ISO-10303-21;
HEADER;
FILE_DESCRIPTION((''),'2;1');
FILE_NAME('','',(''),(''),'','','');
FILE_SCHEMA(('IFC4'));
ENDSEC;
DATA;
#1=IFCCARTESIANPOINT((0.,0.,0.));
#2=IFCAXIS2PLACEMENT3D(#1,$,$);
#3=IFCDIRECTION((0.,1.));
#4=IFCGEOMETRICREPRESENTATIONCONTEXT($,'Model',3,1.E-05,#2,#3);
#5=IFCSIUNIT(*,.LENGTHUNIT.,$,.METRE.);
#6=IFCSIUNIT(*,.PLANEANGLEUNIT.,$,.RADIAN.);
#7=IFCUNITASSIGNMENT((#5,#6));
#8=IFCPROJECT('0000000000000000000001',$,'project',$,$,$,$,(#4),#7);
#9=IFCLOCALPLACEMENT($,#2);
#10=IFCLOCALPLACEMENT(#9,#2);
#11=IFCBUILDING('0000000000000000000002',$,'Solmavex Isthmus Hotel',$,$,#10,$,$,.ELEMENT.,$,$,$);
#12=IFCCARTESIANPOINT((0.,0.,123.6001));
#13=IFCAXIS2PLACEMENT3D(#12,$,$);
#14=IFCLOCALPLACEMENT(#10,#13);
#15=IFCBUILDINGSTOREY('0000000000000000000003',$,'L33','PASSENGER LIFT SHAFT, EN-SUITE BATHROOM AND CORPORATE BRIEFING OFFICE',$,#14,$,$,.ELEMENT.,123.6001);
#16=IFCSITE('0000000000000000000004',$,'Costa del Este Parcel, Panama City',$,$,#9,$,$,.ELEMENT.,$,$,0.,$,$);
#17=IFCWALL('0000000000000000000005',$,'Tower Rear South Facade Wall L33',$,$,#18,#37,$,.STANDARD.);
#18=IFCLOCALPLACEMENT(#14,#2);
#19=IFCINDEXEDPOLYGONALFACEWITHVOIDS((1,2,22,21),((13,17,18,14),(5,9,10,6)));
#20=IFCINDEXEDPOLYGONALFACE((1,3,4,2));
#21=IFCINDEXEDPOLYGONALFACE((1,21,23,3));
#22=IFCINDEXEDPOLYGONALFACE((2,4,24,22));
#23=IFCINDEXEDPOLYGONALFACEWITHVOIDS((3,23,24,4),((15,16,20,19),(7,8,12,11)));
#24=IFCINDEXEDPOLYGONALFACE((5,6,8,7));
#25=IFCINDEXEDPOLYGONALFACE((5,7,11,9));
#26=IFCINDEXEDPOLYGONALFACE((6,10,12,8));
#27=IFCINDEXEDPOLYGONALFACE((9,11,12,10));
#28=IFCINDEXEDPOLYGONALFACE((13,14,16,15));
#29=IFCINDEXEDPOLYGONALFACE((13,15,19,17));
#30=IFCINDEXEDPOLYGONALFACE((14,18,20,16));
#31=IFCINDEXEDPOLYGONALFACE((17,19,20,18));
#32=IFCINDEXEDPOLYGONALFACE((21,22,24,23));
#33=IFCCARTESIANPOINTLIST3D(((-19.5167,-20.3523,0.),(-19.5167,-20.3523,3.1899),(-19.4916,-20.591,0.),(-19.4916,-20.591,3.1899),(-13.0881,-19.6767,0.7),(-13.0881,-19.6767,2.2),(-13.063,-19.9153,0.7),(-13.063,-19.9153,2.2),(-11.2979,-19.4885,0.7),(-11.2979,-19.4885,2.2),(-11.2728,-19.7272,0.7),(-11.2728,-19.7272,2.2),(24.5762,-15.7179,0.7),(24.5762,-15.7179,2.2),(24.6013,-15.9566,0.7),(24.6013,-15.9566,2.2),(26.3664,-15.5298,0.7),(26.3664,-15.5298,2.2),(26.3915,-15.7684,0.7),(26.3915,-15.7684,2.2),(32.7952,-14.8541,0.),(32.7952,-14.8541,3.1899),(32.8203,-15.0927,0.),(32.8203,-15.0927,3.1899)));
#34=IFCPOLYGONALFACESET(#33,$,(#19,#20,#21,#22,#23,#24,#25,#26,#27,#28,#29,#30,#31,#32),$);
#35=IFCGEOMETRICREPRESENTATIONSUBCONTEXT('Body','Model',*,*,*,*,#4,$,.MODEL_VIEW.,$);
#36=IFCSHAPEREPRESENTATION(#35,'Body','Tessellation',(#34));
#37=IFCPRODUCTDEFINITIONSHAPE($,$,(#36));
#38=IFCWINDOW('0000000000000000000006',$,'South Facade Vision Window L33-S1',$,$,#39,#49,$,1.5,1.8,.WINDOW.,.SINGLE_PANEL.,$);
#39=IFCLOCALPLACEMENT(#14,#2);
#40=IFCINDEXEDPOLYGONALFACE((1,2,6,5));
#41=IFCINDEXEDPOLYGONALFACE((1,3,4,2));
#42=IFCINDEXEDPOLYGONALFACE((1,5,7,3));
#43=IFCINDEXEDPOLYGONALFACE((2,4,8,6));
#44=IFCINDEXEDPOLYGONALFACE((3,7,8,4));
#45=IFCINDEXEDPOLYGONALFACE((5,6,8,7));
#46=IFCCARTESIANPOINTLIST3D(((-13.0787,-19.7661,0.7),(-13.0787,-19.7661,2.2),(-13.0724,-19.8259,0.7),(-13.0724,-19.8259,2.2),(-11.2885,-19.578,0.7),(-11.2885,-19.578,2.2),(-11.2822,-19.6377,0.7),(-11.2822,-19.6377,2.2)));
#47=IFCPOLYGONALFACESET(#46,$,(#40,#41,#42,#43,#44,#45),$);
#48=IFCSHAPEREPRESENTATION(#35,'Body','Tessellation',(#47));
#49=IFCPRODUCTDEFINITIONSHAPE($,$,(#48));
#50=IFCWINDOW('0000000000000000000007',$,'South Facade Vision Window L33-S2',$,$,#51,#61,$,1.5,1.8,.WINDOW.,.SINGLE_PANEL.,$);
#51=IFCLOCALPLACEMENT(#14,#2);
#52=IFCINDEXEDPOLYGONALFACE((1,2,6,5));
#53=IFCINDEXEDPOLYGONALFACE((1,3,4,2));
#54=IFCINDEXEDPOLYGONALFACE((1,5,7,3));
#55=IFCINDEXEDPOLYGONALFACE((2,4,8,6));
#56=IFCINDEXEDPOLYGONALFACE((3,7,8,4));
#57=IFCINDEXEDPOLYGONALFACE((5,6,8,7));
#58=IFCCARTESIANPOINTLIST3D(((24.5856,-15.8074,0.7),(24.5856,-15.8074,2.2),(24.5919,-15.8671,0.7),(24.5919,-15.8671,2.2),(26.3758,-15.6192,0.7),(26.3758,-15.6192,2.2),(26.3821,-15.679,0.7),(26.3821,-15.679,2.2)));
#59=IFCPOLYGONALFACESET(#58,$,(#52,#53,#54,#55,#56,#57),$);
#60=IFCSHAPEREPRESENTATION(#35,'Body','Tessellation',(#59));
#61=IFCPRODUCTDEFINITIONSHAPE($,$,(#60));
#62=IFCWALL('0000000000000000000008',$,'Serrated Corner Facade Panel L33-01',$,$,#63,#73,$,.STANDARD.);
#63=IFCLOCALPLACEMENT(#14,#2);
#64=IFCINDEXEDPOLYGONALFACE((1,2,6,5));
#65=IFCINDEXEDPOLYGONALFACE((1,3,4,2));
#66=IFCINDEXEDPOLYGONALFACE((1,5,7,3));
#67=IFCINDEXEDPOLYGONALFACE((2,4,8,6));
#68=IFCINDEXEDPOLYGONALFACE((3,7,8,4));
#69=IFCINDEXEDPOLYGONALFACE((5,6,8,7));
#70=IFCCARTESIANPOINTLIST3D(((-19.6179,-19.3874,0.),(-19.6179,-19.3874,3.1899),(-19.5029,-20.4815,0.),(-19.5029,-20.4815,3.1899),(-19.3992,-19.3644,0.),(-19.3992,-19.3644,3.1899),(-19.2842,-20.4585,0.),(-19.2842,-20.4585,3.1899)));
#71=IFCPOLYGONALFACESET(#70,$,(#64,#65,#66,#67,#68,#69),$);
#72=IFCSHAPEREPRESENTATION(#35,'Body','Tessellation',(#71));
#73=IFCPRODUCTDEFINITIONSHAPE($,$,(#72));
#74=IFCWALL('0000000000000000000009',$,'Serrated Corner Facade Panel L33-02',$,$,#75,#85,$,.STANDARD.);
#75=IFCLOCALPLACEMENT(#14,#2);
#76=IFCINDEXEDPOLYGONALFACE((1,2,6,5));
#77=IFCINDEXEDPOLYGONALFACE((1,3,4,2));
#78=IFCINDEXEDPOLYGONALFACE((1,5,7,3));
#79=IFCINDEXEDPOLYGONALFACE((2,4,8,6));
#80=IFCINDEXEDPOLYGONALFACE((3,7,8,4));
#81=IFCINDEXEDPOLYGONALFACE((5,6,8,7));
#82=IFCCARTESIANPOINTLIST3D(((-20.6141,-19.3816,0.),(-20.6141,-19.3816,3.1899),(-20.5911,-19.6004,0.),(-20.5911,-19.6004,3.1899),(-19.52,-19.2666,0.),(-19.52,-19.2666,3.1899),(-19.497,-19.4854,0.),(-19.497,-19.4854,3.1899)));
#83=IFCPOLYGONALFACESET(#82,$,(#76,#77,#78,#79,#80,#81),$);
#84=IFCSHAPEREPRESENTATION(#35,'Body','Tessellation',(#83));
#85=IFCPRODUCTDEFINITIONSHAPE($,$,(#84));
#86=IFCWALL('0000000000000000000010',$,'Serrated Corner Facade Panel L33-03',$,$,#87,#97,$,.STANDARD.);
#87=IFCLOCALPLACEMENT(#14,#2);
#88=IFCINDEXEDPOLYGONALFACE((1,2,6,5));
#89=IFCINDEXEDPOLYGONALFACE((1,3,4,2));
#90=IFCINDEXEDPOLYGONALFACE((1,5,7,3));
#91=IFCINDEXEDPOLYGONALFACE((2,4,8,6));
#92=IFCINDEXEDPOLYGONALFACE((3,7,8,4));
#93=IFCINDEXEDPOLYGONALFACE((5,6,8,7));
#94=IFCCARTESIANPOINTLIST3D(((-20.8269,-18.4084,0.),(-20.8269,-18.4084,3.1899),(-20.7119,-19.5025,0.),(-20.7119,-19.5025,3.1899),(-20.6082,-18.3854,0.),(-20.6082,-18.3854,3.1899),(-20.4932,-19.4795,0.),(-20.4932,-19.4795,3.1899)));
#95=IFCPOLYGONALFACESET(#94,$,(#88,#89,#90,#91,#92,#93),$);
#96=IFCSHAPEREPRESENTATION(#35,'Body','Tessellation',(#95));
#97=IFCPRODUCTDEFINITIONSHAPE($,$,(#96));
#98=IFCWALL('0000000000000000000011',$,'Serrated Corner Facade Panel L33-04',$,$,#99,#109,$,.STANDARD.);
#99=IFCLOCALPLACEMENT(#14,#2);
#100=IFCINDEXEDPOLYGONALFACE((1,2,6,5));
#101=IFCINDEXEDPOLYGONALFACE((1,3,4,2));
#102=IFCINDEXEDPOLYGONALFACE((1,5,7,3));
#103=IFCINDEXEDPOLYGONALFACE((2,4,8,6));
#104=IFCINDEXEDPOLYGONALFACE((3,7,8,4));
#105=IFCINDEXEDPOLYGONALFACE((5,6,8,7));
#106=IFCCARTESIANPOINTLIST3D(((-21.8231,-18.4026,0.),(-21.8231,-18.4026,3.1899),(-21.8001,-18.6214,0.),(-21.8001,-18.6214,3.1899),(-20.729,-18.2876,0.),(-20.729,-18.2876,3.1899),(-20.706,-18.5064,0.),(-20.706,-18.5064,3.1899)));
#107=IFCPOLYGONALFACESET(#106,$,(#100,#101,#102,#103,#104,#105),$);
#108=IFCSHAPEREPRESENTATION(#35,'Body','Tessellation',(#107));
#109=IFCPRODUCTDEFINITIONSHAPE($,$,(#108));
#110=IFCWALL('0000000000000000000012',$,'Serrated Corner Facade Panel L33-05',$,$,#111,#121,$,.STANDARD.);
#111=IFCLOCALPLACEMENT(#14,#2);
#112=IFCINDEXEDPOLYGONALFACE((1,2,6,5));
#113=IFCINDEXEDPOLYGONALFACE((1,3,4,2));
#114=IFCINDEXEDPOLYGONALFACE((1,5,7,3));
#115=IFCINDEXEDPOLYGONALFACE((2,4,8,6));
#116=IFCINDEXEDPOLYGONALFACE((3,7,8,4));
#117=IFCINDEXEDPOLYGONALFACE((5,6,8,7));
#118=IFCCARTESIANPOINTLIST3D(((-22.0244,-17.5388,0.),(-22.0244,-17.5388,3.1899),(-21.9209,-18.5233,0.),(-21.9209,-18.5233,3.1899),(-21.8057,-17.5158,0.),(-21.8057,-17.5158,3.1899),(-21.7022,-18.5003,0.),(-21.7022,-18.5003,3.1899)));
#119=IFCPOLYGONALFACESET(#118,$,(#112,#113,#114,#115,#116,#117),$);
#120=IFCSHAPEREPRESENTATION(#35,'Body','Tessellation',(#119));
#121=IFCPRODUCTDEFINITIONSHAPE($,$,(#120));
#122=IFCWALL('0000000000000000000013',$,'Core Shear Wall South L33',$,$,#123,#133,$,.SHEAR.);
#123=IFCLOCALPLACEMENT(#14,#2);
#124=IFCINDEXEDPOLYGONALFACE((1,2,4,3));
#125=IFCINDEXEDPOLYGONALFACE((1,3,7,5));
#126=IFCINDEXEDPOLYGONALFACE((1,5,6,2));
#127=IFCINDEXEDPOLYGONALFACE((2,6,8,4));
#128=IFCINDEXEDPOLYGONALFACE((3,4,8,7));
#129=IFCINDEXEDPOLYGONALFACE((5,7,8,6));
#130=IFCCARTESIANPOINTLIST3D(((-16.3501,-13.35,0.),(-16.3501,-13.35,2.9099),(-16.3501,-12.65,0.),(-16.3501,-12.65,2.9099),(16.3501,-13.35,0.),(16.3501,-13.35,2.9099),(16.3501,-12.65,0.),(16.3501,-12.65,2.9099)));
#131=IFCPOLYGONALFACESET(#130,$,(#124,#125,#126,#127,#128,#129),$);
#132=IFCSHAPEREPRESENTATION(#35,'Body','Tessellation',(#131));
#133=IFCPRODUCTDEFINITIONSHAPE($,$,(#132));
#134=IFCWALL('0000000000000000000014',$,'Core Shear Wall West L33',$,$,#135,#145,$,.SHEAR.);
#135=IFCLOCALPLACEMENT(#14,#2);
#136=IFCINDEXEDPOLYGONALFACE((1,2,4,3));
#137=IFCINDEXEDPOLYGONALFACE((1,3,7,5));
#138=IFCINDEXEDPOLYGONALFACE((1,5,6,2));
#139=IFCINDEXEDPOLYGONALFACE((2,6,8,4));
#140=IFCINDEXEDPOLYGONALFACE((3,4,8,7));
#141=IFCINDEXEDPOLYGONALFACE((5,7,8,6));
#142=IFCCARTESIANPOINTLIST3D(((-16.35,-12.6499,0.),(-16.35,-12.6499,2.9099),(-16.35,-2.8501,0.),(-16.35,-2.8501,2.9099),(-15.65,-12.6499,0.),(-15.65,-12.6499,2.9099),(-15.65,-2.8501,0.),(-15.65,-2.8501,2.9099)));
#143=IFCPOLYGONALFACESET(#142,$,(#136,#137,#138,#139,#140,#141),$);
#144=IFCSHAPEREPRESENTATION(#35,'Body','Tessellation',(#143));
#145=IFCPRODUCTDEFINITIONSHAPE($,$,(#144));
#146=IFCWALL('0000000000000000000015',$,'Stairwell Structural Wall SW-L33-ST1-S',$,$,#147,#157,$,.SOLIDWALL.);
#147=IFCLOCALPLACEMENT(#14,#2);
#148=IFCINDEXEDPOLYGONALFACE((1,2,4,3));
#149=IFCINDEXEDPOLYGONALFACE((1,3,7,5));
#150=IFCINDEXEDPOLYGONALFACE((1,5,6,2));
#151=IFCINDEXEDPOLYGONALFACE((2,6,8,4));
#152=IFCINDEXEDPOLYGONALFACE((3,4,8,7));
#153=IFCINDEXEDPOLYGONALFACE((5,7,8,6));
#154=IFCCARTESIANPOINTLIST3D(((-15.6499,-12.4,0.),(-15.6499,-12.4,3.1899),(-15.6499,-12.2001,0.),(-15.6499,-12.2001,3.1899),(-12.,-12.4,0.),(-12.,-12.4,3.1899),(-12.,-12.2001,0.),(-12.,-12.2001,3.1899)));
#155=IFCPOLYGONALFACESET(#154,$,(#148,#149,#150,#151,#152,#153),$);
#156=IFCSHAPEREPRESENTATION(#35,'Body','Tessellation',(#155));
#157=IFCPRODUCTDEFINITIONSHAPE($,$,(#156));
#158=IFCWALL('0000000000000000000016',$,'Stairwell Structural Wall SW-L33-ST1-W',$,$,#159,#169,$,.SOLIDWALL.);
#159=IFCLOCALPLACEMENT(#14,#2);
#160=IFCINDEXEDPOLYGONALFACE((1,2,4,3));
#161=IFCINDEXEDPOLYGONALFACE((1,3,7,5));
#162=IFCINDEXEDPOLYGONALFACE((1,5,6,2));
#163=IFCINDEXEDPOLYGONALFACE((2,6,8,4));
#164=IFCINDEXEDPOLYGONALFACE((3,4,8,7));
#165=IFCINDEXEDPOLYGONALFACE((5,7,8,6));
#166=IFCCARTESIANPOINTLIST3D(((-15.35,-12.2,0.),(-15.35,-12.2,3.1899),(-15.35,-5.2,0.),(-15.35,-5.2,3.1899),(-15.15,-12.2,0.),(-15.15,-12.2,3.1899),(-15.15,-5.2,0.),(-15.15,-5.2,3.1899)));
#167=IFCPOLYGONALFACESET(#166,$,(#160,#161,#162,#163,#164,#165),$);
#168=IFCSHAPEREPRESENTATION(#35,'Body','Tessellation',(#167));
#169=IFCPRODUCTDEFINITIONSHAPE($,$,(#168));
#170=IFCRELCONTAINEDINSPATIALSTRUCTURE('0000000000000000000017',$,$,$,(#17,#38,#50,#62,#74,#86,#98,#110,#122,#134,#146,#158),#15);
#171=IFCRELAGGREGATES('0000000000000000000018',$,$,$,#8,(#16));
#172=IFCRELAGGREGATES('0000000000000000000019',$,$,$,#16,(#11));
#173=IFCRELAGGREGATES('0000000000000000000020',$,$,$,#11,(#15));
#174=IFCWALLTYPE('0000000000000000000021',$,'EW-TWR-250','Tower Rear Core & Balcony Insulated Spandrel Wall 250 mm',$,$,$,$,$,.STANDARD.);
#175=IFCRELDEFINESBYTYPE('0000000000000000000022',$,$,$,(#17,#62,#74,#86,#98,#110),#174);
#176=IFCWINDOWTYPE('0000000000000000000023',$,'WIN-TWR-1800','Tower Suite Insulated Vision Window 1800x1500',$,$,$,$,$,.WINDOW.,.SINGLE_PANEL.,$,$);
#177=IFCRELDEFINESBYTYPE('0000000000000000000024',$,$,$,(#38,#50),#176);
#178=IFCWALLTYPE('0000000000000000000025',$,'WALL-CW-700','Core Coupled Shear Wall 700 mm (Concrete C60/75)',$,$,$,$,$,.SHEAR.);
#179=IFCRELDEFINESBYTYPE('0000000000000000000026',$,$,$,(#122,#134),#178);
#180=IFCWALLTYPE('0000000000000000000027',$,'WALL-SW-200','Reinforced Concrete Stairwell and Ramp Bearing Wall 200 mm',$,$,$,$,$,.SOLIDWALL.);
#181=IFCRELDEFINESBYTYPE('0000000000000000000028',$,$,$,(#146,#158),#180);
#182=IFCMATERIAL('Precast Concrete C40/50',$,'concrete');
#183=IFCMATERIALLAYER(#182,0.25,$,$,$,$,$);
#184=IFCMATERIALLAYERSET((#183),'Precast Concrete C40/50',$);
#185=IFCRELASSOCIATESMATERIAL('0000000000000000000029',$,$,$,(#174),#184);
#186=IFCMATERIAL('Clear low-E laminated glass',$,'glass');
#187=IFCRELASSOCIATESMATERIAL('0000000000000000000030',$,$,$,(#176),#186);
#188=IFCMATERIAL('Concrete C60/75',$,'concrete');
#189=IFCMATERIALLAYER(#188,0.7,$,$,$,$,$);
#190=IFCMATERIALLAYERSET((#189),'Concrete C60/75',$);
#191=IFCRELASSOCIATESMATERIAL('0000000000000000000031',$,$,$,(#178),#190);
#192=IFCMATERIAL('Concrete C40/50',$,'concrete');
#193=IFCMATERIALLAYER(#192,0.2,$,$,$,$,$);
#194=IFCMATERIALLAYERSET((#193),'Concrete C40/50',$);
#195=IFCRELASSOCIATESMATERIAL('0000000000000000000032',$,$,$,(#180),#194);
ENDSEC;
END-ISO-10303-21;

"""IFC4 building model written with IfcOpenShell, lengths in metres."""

from ifc_helpers import new_model, si_unit, direction, frame, frame_2d, origin, place, context, subcontext, project, spatial, rectangle, extrude, material, layer, layer_set, type_object, element, fill, save


model = new_model("IFC4")

# Units and contexts
model_context = context("Model", 3, precision=1e-05, world=origin(), true_north=direction((0.0, 1.0)))
body_context = subcontext(model_context, "Body", "Model", "MODEL_VIEW")
ifc_project = project(units=[si_unit("LENGTHUNIT", "METRE"), si_unit("PLANEANGLEUNIT", "RADIAN")], contexts=[model_context])

# Site, building, storey
site_placement = place(None, origin())
site = spatial("IfcSite", under=ifc_project, at=site_placement, Name="Costa del Este Parcel, Panama City", CompositionType="ELEMENT", RefElevation=0.0)
building_placement = place(site_placement, origin())
building = spatial("IfcBuilding", under=site, at=building_placement, Name="Solmavex Isthmus Hotel", CompositionType="ELEMENT")
storey_placement = place(building_placement, frame((0.0, 0.0, 123.6001)))
storey = spatial("IfcBuildingStorey", under=building, at=storey_placement, Name="L33", Description="PASSENGER LIFT SHAFT, EN-SUITE BATHROOM AND CORPORATE BRIEFING OFFICE", CompositionType="ELEMENT", Elevation=123.6001)

# Shared definitions
ifc_material_1 = material(Name="Concrete C60/75", Category="concrete")

# Shared definitions
ifc_material_2 = material(Name="Clear low-E laminated glass", Category="glass")

# Wall, openings, windows
ifc_material_3 = material(Name="Precast Concrete C40/50", Category="concrete")
ifc_layer_1 = layer(ifc_material_3, 0.25)
ifc_layer_set_1 = layer_set([ifc_layer_1], Name="Precast Concrete C40/50")
wall_type_1 = type_object("IfcWallType", Name="EW-TWR-250", Description="Tower Rear Core & Balcony Insulated Spandrel Wall 250 mm", PredefinedType="STANDARD", material=ifc_layer_set_1)
wall_1_placement = place(storey_placement, frame((-19.5042, -20.4717, 0.0), z_axis=(0.0, 0.0, 1.0), x_axis=(0.994522, 0.10453, 0.0)))
wall_1 = element("IfcWall", 1, at=wall_1_placement, inside=storey, type_object=wall_type_1, Name="Tower Rear South Facade Wall L33", PredefinedType="STANDARD", context=body_context, shape_type="SweptSolid", body=[
    extrude(rectangle(XDim=52.6001, YDim=0.24, at=frame_2d((26.3, 0.0))), origin(), (0.0, 0.0, 1.0), 3.1899),
])
opening_1_placement = place(wall_1_placement, frame((6.4641, 0.0, 0.7)))
opening_1 = element("IfcOpeningElement", 2, at=opening_1_placement, cuts=wall_1, PredefinedType="OPENING", context=body_context, shape_type="SweptSolid", body=[
    extrude(rectangle(XDim=1.8, YDim=1.5, at=frame_2d((0.8999, 0.75))), frame((0.0, 0.1299, 0.0), z_axis=(0.0, -1.0, 0.0), x_axis=(1.0, 0.0, 0.0)), (0.0, 0.0, 1.0), 0.26),
])
opening_2_placement = place(wall_1_placement, frame((44.3359, 0.0, 0.7)))
opening_2 = element("IfcOpeningElement", 3, at=opening_2_placement, cuts=wall_1, PredefinedType="OPENING", context=body_context, shape_type="SweptSolid", body=[
    extrude(rectangle(XDim=1.8, YDim=1.5, at=frame_2d((0.8999, 0.75))), frame((0.0, 0.1299, 0.0), z_axis=(0.0, -1.0, 0.0), x_axis=(1.0, 0.0, 0.0)), (0.0, 0.0, 1.0), 0.26),
])
window_type = type_object("IfcWindowType", Name="WIN-TWR-1800", Description="Tower Suite Insulated Vision Window 1800x1500", PartitioningType="SINGLE_PANEL", PredefinedType="WINDOW", material=ifc_material_2)
window_1_placement = place(opening_1_placement, origin())
window_1 = element("IfcWindow", 4, at=window_1_placement, inside=storey, type_object=window_type, Name="South Facade Vision Window L33-S1", OverallHeight=1.5, OverallWidth=1.8, PartitioningType="SINGLE_PANEL", PredefinedType="WINDOW", context=body_context, shape_type="SweptSolid", body=[
    extrude(rectangle(XDim=1.8, YDim=1.5, at=frame_2d((0.8999, 0.75))), frame((0.0, 0.03, 0.0), z_axis=(0.0, -1.0, 0.0), x_axis=(1.0, 0.0, 0.0)), (0.0, 0.0, 1.0), 0.0601),
])
fill(opening_1, window_1)
window_2_placement = place(opening_2_placement, origin())
window_2 = element("IfcWindow", 5, at=window_2_placement, inside=storey, type_object=window_type, Name="South Facade Vision Window L33-S2", OverallHeight=1.5, OverallWidth=1.8, PartitioningType="SINGLE_PANEL", PredefinedType="WINDOW", context=body_context, shape_type="SweptSolid", body=[
    extrude(rectangle(XDim=1.8, YDim=1.5, at=frame_2d((0.8999, 0.75))), frame((0.0, 0.03, 0.0), z_axis=(0.0, -1.0, 0.0), x_axis=(1.0, 0.0, 0.0)), (0.0, 0.0, 1.0), 0.0601),
])
fill(opening_2, window_2)

# Walls
for number, where, z_axis, x_axis, name in (
    (6, (-19.3936, -20.47, 0.0), (0.0, 0.0, 1.0), (-0.104535, 0.994521, 0.0), "Serrated Corner Facade Panel L33-01"),
    (7, (-19.5085, -19.376, 0.0), (0.0, 0.0, 1.0), (-0.994521, -0.104535, 0.0), "Serrated Corner Facade Panel L33-02"),
    (8, (-20.6025, -19.491, 0.0), (0.0, 0.0, 1.0), (-0.104535, 0.994521, 0.0), "Serrated Corner Facade Panel L33-03"),
    (9, (-20.7175, -18.397, 0.0), (0.0, 0.0, 1.0), (-0.994521, -0.104535, 0.0), "Serrated Corner Facade Panel L33-04"),
):
    element("IfcWall", number, at=place(storey_placement, frame(where, z_axis=z_axis, x_axis=x_axis)), inside=storey, type_object=wall_type_1, Name=name, PredefinedType="STANDARD", context=body_context, shape_type="SweptSolid", body=[
        extrude(rectangle(XDim=1.1001, YDim=0.22, at=frame_2d((0.55, 0.0))), origin(), (0.0, 0.0, 1.0), 3.1899),
    ])
wall_2_placement = place(storey_placement, frame((-21.8115, -18.512, 0.0), z_axis=(0.0, 0.0, 1.0), x_axis=(-0.104556, 0.994519, 0.0)))
element("IfcWall", 10, at=wall_2_placement, inside=storey, type_object=wall_type_1, Name="Serrated Corner Facade Panel L33-05", PredefinedType="STANDARD", context=body_context, shape_type="SweptSolid", body=[
    extrude(rectangle(XDim=0.99, YDim=0.22, at=frame_2d((0.4951, 0.0))), origin(), (0.0, 0.0, 1.0), 3.1899),
])
ifc_layer_2 = layer(ifc_material_1, 0.7)
ifc_layer_set_2 = layer_set([ifc_layer_2], Name="Concrete C60/75")
wall_type_2 = type_object("IfcWallType", Name="WALL-CW-700", Description="Core Coupled Shear Wall 700 mm (Concrete C60/75)", PredefinedType="SHEAR", material=ifc_layer_set_2)
wall_3_placement = place(storey_placement, frame((-16.3501, -13.0, 0.0), z_axis=(0.0, 0.0, 1.0), x_axis=(1.0, 0.0, 0.0)))
element("IfcWall", 11, at=wall_3_placement, inside=storey, type_object=wall_type_2, Name="Core Shear Wall South L33", PredefinedType="SHEAR", context=body_context, shape_type="SweptSolid", body=[
    extrude(rectangle(XDim=32.7002, YDim=0.7, at=frame_2d((16.3501, 0.0))), origin(), (0.0, 0.0, 1.0), 2.9099),
])
wall_4_placement = place(storey_placement, frame((-16.0, -12.6499, 0.0), z_axis=(0.0, 0.0, 1.0), x_axis=(0.0, 1.0, 0.0)))
element("IfcWall", 12, at=wall_4_placement, inside=storey, type_object=wall_type_2, Name="Core Shear Wall West L33", PredefinedType="SHEAR", context=body_context, shape_type="SweptSolid", body=[
    extrude(rectangle(XDim=9.7998, YDim=0.7, at=frame_2d((4.8999, 0.0))), origin(), (0.0, 0.0, 1.0), 2.9099),
])
ifc_material_4 = material(Name="Concrete C40/50", Category="concrete")
ifc_layer_3 = layer(ifc_material_4, 0.2)
ifc_layer_set_3 = layer_set([ifc_layer_3], Name="Concrete C40/50")
wall_type_3 = type_object("IfcWallType", Name="WALL-SW-200", Description="Reinforced Concrete Stairwell and Ramp Bearing Wall 200 mm", PredefinedType="SOLIDWALL", material=ifc_layer_set_3)
wall_5_placement = place(storey_placement, frame((-15.6499, -12.3, 0.0), z_axis=(0.0, 0.0, 1.0), x_axis=(1.0, 0.0, 0.0)))
element("IfcWall", 13, at=wall_5_placement, inside=storey, type_object=wall_type_3, Name="Stairwell Structural Wall SW-L33-ST1-S", PredefinedType="SOLIDWALL", context=body_context, shape_type="SweptSolid", body=[
    extrude(rectangle(XDim=3.6499, YDim=0.2, at=frame_2d((1.825, 0.0))), origin(), (0.0, 0.0, 1.0), 3.1899),
])
wall_6_placement = place(storey_placement, frame((-15.25, -12.2, 0.0), z_axis=(0.0, 0.0, 1.0), x_axis=(0.0, 1.0, 0.0)))
element("IfcWall", 14, at=wall_6_placement, inside=storey, type_object=wall_type_3, Name="Stairwell Structural Wall SW-L33-ST1-W", PredefinedType="SOLIDWALL", context=body_context, shape_type="SweptSolid", body=[
    extrude(rectangle(XDim=7.0, YDim=0.2, at=frame_2d((3.5, 0.0))), origin(), (0.0, 0.0, 1.0), 3.1899),
])

save(model, "model.ifc")
